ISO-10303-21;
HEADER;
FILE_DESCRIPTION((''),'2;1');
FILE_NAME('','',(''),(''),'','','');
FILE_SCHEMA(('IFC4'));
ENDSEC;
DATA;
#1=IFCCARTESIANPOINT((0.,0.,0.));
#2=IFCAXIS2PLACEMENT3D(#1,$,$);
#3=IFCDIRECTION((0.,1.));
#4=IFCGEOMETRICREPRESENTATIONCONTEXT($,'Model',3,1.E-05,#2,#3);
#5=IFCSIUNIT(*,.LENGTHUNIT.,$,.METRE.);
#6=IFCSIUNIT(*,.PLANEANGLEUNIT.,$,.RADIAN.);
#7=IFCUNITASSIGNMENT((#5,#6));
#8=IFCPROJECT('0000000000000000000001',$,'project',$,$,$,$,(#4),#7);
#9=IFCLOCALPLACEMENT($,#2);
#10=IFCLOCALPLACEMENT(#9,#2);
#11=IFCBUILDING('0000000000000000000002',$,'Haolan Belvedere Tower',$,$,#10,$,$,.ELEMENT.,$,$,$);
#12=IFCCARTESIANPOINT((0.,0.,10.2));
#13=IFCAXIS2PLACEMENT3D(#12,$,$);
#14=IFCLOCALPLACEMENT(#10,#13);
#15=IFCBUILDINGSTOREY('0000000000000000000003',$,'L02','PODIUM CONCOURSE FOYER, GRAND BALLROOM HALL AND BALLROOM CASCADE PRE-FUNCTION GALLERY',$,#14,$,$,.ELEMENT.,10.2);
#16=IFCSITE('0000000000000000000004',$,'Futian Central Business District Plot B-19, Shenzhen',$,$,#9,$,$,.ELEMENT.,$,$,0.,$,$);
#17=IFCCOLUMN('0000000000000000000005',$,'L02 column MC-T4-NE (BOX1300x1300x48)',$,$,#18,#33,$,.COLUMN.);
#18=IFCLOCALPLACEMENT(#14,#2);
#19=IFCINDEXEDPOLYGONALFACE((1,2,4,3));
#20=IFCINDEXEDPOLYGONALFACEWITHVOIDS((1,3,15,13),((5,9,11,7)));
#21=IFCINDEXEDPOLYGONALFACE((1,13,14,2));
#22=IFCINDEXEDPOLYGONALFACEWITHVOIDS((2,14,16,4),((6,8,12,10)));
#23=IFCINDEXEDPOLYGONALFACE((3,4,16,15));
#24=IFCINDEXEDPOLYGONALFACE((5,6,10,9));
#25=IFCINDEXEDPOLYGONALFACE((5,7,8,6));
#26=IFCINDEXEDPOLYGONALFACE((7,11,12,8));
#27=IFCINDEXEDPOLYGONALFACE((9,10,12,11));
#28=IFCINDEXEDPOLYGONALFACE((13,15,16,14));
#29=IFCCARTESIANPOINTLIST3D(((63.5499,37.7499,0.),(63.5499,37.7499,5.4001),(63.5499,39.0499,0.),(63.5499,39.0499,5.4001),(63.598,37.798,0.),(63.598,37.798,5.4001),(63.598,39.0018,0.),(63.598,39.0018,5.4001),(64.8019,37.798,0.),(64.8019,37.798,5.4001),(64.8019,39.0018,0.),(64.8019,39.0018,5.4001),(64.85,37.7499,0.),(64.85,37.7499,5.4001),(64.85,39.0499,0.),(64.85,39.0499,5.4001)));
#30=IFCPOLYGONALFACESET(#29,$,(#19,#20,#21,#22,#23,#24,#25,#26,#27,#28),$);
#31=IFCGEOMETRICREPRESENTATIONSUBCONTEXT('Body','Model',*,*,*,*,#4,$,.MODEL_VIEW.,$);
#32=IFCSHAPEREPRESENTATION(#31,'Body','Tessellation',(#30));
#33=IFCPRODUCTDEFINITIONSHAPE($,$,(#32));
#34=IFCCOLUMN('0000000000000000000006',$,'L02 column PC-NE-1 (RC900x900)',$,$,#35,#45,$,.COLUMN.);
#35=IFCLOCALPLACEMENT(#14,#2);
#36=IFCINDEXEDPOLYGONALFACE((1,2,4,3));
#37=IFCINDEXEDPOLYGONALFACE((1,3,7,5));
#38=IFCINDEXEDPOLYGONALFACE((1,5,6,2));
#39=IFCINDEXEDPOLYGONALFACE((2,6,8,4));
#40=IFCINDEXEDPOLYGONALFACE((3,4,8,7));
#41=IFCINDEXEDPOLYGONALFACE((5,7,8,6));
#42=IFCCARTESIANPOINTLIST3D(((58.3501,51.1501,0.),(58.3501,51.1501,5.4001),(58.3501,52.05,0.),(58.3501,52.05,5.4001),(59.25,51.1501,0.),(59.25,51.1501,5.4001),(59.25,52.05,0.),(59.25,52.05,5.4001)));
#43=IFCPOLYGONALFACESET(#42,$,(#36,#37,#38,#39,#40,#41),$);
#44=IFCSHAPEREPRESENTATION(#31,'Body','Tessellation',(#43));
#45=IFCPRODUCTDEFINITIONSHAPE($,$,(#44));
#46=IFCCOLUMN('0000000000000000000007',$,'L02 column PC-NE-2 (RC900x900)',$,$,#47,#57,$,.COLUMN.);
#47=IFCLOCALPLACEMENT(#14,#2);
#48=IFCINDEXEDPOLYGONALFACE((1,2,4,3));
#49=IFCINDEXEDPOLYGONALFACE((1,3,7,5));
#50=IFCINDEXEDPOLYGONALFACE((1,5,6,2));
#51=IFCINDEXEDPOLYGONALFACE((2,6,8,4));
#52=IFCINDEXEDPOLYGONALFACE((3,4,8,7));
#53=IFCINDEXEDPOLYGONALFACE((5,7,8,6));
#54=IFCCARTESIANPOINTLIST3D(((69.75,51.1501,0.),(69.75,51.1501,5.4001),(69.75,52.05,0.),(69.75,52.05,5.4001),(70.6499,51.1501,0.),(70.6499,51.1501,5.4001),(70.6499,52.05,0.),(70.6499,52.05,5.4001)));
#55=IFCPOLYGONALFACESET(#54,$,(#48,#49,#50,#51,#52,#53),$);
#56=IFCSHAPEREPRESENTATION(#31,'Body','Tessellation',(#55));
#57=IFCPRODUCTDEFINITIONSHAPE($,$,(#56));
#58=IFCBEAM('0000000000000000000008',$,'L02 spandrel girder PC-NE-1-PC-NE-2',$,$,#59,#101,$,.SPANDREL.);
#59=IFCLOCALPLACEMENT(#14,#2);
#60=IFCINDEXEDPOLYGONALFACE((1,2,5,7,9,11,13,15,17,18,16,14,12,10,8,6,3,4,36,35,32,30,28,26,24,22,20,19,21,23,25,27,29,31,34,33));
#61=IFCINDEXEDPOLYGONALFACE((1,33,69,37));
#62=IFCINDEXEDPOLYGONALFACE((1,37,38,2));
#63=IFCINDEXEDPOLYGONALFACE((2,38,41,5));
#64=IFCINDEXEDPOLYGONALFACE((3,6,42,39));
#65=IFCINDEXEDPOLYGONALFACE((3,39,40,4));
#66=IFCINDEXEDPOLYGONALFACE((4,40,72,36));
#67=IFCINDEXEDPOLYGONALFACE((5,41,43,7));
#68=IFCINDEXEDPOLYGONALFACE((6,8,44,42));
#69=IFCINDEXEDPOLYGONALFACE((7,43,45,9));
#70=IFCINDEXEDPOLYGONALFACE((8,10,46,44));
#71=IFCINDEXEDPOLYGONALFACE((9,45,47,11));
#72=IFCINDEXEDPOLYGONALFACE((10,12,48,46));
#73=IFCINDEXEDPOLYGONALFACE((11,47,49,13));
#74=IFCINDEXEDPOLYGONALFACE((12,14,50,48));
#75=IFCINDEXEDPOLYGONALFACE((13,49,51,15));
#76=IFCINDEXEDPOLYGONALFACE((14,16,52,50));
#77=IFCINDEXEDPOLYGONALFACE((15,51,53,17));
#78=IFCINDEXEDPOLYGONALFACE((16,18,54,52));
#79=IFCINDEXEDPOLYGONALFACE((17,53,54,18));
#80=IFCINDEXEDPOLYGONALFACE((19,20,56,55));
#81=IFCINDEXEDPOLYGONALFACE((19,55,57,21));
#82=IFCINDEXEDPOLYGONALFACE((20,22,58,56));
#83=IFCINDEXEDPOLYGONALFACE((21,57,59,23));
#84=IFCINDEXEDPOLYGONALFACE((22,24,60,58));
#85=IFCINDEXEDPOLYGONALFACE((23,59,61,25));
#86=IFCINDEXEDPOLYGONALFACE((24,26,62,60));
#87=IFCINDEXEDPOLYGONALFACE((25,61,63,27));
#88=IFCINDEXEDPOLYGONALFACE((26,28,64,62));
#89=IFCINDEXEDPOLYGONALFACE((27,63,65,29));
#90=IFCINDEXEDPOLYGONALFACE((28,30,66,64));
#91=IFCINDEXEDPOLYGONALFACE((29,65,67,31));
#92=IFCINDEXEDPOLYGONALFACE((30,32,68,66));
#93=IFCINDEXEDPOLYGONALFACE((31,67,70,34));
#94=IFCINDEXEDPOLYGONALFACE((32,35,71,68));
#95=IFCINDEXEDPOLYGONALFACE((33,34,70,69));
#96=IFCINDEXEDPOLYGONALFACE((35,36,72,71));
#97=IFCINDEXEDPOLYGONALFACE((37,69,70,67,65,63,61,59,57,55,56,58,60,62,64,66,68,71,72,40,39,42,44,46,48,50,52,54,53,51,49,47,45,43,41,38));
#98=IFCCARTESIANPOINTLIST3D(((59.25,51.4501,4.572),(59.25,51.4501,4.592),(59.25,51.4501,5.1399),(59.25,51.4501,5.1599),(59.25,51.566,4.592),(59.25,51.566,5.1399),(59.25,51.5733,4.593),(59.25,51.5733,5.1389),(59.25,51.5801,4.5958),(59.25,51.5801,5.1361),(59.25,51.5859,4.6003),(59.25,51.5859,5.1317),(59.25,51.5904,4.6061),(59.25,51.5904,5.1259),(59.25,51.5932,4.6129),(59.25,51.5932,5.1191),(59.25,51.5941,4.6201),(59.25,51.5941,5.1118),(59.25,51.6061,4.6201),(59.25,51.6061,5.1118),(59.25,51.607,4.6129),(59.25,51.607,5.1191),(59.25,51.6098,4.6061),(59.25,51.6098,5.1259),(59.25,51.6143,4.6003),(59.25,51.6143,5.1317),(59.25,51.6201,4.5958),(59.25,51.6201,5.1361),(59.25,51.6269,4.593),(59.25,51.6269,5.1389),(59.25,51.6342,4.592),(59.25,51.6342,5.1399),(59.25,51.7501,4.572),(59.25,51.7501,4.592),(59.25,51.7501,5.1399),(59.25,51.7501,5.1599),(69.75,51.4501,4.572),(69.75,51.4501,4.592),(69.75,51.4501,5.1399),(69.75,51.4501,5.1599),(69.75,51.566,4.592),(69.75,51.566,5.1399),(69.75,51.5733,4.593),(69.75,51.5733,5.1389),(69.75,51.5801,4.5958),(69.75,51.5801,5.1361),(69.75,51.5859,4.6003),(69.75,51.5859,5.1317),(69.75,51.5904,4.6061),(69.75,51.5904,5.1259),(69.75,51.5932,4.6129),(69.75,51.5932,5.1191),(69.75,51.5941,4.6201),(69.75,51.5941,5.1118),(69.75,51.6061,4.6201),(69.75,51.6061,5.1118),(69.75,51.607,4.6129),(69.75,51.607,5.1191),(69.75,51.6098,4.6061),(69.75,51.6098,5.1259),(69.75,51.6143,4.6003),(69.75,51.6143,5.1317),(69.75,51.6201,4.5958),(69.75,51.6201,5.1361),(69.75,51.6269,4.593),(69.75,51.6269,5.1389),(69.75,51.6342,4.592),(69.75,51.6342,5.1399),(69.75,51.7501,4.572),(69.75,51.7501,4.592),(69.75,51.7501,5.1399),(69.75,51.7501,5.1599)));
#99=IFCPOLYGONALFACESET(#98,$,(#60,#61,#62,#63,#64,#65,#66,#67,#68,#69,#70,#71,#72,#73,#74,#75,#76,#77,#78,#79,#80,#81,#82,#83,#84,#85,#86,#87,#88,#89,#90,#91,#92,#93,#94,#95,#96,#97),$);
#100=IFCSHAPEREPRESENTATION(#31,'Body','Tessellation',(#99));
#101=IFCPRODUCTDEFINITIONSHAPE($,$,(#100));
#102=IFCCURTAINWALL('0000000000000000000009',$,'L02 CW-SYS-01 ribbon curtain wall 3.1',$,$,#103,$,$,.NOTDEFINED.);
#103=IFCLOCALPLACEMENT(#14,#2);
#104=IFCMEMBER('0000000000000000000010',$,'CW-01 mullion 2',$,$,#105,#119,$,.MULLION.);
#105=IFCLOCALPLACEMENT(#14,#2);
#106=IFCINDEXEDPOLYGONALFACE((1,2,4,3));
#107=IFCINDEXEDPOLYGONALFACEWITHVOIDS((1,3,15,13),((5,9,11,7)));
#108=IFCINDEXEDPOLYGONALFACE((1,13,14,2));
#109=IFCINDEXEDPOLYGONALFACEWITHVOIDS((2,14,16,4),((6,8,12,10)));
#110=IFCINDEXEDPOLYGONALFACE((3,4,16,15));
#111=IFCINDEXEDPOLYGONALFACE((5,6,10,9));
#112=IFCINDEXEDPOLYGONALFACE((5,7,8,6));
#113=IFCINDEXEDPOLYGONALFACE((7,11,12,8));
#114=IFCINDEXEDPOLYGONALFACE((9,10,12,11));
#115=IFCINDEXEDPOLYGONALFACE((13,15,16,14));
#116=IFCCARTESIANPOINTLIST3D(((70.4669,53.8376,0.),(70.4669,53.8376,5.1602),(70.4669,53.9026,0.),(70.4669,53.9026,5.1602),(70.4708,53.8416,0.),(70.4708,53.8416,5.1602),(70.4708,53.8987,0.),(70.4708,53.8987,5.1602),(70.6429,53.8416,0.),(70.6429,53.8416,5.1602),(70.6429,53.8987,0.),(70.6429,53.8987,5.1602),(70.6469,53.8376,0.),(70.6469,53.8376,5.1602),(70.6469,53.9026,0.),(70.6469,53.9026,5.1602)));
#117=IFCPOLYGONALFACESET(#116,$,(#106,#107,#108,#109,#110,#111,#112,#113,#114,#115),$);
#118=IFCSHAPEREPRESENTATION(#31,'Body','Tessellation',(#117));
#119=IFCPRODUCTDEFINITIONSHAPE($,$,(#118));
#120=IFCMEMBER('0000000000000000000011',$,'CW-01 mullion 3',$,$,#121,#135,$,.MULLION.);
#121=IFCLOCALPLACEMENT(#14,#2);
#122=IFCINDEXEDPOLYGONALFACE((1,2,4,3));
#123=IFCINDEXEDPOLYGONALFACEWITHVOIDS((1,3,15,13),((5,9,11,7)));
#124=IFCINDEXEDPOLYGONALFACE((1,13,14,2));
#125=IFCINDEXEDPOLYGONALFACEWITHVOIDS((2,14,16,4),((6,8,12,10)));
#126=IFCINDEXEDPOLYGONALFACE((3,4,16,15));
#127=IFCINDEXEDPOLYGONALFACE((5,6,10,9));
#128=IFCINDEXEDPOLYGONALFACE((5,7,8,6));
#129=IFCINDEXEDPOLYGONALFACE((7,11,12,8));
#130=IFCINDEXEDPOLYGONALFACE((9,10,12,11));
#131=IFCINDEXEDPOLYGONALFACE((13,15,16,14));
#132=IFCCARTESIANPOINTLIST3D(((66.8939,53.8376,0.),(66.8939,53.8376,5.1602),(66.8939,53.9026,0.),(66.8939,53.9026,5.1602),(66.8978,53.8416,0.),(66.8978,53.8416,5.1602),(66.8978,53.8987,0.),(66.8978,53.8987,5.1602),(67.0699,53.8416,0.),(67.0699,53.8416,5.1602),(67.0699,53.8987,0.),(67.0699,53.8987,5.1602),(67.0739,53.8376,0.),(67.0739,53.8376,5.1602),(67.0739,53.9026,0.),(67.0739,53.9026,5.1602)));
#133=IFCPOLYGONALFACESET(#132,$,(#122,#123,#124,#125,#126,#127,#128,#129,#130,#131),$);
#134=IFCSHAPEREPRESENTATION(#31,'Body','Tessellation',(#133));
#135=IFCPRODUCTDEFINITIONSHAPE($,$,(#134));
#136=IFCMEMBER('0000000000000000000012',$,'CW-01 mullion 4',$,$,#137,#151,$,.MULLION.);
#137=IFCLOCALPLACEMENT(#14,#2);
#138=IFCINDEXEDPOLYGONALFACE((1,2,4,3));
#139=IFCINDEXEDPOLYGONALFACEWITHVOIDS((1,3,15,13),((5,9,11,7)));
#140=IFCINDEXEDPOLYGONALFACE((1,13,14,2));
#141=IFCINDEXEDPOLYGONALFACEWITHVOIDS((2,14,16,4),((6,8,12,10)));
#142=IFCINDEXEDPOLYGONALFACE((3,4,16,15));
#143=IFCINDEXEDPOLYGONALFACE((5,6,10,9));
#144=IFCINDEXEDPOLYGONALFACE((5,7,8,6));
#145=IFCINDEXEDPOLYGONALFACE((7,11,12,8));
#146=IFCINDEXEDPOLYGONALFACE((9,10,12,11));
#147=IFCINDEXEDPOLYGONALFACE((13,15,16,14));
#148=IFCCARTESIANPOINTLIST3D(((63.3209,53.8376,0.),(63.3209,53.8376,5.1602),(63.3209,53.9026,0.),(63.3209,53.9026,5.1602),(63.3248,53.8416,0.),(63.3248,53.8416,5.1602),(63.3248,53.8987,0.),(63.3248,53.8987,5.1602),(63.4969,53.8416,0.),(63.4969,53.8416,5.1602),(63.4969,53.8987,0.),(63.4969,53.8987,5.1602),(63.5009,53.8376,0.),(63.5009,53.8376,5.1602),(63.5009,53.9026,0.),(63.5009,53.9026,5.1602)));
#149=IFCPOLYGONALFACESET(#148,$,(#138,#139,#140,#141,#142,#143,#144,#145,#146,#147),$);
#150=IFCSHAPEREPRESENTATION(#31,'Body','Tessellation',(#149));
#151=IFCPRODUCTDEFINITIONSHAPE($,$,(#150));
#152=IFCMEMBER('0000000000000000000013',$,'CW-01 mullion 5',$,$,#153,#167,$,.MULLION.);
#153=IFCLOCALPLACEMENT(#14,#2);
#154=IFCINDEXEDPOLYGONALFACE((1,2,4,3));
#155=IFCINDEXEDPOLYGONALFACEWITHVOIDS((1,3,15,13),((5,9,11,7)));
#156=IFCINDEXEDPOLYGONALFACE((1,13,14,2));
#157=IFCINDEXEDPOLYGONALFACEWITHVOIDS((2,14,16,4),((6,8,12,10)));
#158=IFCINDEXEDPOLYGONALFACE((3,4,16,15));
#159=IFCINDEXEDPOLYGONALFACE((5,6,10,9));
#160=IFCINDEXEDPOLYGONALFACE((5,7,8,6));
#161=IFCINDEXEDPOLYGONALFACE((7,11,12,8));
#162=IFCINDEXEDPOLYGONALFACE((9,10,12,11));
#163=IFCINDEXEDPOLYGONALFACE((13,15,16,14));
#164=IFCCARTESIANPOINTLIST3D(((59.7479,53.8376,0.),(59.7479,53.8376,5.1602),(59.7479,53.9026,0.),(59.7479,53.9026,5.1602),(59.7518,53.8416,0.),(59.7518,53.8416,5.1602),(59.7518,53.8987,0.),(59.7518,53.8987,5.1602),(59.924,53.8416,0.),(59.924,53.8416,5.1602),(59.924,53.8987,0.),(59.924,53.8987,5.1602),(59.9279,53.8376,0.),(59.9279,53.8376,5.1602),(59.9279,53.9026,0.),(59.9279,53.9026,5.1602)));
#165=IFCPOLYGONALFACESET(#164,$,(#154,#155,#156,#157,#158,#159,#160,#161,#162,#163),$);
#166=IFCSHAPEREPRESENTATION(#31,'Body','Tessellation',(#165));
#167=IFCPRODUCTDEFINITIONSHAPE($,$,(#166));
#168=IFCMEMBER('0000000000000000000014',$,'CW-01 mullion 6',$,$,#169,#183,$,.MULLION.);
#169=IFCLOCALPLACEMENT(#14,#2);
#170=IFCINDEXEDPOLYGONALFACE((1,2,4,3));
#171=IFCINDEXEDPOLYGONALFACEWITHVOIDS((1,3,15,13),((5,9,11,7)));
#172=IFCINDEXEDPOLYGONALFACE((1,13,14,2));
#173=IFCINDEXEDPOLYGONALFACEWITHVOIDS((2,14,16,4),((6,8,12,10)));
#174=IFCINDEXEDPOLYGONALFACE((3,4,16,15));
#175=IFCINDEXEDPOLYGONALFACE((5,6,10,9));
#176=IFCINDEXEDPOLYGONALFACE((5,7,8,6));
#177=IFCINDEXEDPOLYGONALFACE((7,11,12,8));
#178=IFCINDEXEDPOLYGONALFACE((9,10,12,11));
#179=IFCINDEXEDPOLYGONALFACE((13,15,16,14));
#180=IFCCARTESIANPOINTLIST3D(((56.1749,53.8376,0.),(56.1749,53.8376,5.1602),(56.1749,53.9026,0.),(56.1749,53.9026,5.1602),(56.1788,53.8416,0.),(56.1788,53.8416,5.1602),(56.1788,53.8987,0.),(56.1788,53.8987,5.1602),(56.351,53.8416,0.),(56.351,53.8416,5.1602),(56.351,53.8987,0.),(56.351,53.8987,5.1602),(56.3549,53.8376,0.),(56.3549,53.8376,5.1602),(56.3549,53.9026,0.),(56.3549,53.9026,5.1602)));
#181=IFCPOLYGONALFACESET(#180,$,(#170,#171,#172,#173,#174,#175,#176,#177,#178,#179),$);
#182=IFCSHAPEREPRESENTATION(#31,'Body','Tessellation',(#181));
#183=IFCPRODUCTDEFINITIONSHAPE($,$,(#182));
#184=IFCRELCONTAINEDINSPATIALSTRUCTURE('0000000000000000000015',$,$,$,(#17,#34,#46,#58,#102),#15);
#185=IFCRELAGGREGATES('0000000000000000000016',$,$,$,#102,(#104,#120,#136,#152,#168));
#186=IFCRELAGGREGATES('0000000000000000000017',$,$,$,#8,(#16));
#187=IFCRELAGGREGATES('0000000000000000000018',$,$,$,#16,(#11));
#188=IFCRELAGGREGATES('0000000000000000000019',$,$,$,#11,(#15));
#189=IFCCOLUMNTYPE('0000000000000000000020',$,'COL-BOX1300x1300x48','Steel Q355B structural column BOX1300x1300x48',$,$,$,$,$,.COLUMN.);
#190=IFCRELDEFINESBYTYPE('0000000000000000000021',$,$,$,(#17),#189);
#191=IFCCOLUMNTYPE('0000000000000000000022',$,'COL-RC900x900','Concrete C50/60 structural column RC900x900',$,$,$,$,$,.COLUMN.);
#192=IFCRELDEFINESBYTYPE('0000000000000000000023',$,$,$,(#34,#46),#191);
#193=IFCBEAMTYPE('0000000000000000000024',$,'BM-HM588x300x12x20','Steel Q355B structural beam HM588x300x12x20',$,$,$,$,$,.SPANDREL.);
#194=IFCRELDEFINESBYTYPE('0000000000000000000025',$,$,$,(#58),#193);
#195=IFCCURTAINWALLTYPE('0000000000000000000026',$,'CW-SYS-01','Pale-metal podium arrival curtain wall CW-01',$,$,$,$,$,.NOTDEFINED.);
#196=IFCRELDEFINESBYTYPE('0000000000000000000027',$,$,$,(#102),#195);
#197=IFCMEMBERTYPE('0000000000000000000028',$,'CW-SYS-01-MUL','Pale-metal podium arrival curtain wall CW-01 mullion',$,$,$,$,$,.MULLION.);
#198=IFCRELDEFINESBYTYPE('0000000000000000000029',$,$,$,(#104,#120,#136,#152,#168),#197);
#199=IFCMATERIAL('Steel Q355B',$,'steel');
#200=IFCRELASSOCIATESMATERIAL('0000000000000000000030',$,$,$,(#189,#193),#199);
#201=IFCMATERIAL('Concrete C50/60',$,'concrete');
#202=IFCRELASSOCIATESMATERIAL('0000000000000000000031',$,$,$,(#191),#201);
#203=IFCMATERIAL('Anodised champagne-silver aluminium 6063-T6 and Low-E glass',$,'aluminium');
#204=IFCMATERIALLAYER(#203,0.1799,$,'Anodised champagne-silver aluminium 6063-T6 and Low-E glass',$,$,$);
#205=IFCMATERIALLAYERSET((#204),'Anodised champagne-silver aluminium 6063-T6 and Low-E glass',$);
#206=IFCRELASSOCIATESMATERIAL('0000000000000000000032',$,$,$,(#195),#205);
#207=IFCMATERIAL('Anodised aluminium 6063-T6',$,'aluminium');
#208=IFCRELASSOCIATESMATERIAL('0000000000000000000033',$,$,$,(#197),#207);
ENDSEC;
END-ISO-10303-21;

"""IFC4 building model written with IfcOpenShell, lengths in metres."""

from ifc_helpers import new_model, si_unit, direction, frame, origin, origin_2d, place, context, subcontext, project, spatial, rectangle, hollow_rectangle, i_section, extrude, material, layer, layer_set, material_profile, profile_set, type_object, element, aggregate, save


model = new_model("IFC4")

# Units and contexts
model_context = context("Model", 3, precision=1e-05, world=origin(), true_north=direction((0.0, 1.0)))
body_context = subcontext(model_context, "Body", "Model", "MODEL_VIEW")
ifc_project = project(units=[si_unit("LENGTHUNIT", "METRE"), si_unit("PLANEANGLEUNIT", "RADIAN")], contexts=[model_context])

# Site, building, storey
site_placement = place(None, origin())
site = spatial("IfcSite", under=ifc_project, at=site_placement, Name="Futian Central Business District Plot B-19, Shenzhen", CompositionType="ELEMENT", RefElevation=0.0)
building_placement = place(site_placement, origin())
building = spatial("IfcBuilding", under=site, at=building_placement, Name="Haolan Belvedere Tower", CompositionType="ELEMENT")
storey_placement = place(building_placement, frame((0.0, 0.0, 10.2)))
storey = spatial("IfcBuildingStorey", under=building, at=storey_placement, Name="L02", Description="PODIUM CONCOURSE FOYER, GRAND BALLROOM HALL AND BALLROOM CASCADE PRE-FUNCTION GALLERY", CompositionType="ELEMENT", Elevation=10.2)

# Columns
ifc_material_1 = material(Name="Steel Q355B", Category="steel")
ifc_material_profile_1 = material_profile(ifc_material_1, hollow_rectangle(XDim=1.3, YDim=1.3, WallThickness=0.0481, at=origin_2d()), Name="Steel Q355B")
ifc_profile_set_1 = profile_set([ifc_material_profile_1], Name="Steel Q355B")
column_type_1 = type_object("IfcColumnType", Name="COL-BOX1300x1300x48", Description="Steel Q355B structural column BOX1300x1300x48", PredefinedType="COLUMN", material=ifc_profile_set_1)
column_placement = place(storey_placement, frame((64.2, 38.3999, 0.0), z_axis=(0.0, 0.0, 1.0), x_axis=(1.0, 0.0, 0.0)))
element("IfcColumn", 1, at=column_placement, inside=storey, type_object=column_type_1, Name="L02 column MC-T4-NE (BOX1300x1300x48)", PredefinedType="COLUMN", context=body_context, shape_type="SweptSolid", body=[
    extrude(hollow_rectangle(XDim=1.3, YDim=1.3, WallThickness=0.0481, at=origin_2d()), origin(), (0.0, 0.0, 1.0), 5.4001),
])
ifc_material_2 = material(Name="Concrete C50/60", Category="concrete")
ifc_material_profile_2 = material_profile(ifc_material_2, rectangle(XDim=0.8999, YDim=0.8999, at=origin_2d()), Name="Concrete C50/60")
ifc_profile_set_2 = profile_set([ifc_material_profile_2], Name="Concrete C50/60")
column_type_2 = type_object("IfcColumnType", Name="COL-RC900x900", Description="Concrete C50/60 structural column RC900x900", PredefinedType="COLUMN", material=ifc_profile_set_2)
for number, where, z_axis, x_axis, name in (
    (2, (58.8, 51.6001, 0.0), (0.0, 0.0, 1.0), (1.0, 0.0, 0.0), "L02 column PC-NE-1 (RC900x900)"),
    (3, (70.2, 51.6001, 0.0), (0.0, 0.0, 1.0), (1.0, 0.0, 0.0), "L02 column PC-NE-2 (RC900x900)"),
):
    element("IfcColumn", number, at=place(storey_placement, frame(where, z_axis=z_axis, x_axis=x_axis)), inside=storey, type_object=column_type_2, Name=name, PredefinedType="COLUMN", context=body_context, shape_type="SweptSolid", body=[
        extrude(rectangle(XDim=0.8999, YDim=0.8999, at=origin_2d()), origin(), (0.0, 0.0, 1.0), 5.4001),
    ])

# Beam
ifc_material_profile_3 = material_profile(ifc_material_1, i_section(OverallWidth=0.3, OverallDepth=0.5879, WebThickness=0.012, FlangeThickness=0.02, FilletRadius=0.0281, at=origin_2d()), Name="Steel Q355B")
ifc_profile_set_3 = profile_set([ifc_material_profile_3], Name="Steel Q355B")
beam_type = type_object("IfcBeamType", Name="BM-HM588x300x12x20", Description="Steel Q355B structural beam HM588x300x12x20", PredefinedType="SPANDREL", material=ifc_profile_set_3)
beam_placement = place(storey_placement, frame((59.25, 51.6001, 4.866), z_axis=(1.0, 0.0, 0.0), x_axis=(0.0, 1.0, 0.0)))
element("IfcBeam", 4, at=beam_placement, inside=storey, type_object=beam_type, Name="L02 spandrel girder PC-NE-1-PC-NE-2", PredefinedType="SPANDREL", context=body_context, shape_type="SweptSolid", body=[
    extrude(i_section(OverallWidth=0.3, OverallDepth=0.5879, WebThickness=0.012, FlangeThickness=0.02, FilletRadius=0.0281, at=origin_2d()), origin(), (0.0, 0.0, 1.0), 10.5),
])

# Curtain wall, members
ifc_material_3 = material(Name="Anodised champagne-silver aluminium 6063-T6 and Low-E glass", Category="aluminium")
ifc_layer_1 = layer(ifc_material_3, 0.1799, Name="Anodised champagne-silver aluminium 6063-T6 and Low-E glass")
ifc_layer_set_1 = layer_set([ifc_layer_1], Name="Anodised champagne-silver aluminium 6063-T6 and Low-E glass")
curtain_wall_type = type_object("IfcCurtainWallType", Name="CW-SYS-01", Description="Pale-metal podium arrival curtain wall CW-01", PredefinedType="NOTDEFINED", material=ifc_layer_set_1)
curtain_wall_placement = place(storey_placement, origin())
curtain_wall = element("IfcCurtainWall", 5, at=curtain_wall_placement, inside=storey, type_object=curtain_wall_type, Name="L02 CW-SYS-01 ribbon curtain wall 3.1", PredefinedType="NOTDEFINED")
ifc_material_4 = material(Name="Anodised aluminium 6063-T6", Category="aluminium")
ifc_material_profile_4 = material_profile(ifc_material_4, hollow_rectangle(XDim=0.0649, YDim=0.1799, WallThickness=0.0039, at=origin_2d()), Name="Anodised aluminium 6063-T6")
ifc_profile_set_4 = profile_set([ifc_material_profile_4], Name="Anodised aluminium 6063-T6")
member_type_1 = type_object("IfcMemberType", Name="CW-SYS-01-MUL", Description="Pale-metal podium arrival curtain wall CW-01 mullion", PredefinedType="MULLION", material=ifc_profile_set_4)
member_1_placement = place(storey_placement, frame((70.5569, 53.8701, 0.0), z_axis=(0.0, 0.0, 1.0), x_axis=(0.0, -1.0, 0.0)))
member_1 = element("IfcMember", 6, at=member_1_placement, type_object=member_type_1, Name="CW-01 mullion 2", PredefinedType="MULLION", context=body_context, shape_type="SweptSolid", body=[
    extrude(hollow_rectangle(XDim=0.0649, YDim=0.1799, WallThickness=0.0039, at=origin_2d()), origin(), (0.0, 0.0, 1.0), 5.1602),
])
member_2_placement = place(storey_placement, frame((66.9839, 53.8701, 0.0), z_axis=(0.0, 0.0, 1.0), x_axis=(0.0, -1.0, 0.0)))
member_2 = element("IfcMember", 7, at=member_2_placement, type_object=member_type_1, Name="CW-01 mullion 3", PredefinedType="MULLION", context=body_context, shape_type="SweptSolid", body=[
    extrude(hollow_rectangle(XDim=0.0649, YDim=0.1799, WallThickness=0.0039, at=origin_2d()), origin(), (0.0, 0.0, 1.0), 5.1602),
])
member_3_placement = place(storey_placement, frame((63.4109, 53.8701, 0.0), z_axis=(0.0, 0.0, 1.0), x_axis=(0.0, -1.0, 0.0)))
member_3 = element("IfcMember", 8, at=member_3_placement, type_object=member_type_1, Name="CW-01 mullion 4", PredefinedType="MULLION", context=body_context, shape_type="SweptSolid", body=[
    extrude(hollow_rectangle(XDim=0.0649, YDim=0.1799, WallThickness=0.0039, at=origin_2d()), origin(), (0.0, 0.0, 1.0), 5.1602),
])
member_4_placement = place(storey_placement, frame((59.8379, 53.8701, 0.0), z_axis=(0.0, 0.0, 1.0), x_axis=(0.0, -1.0, 0.0)))
member_4 = element("IfcMember", 9, at=member_4_placement, type_object=member_type_1, Name="CW-01 mullion 5", PredefinedType="MULLION", context=body_context, shape_type="SweptSolid", body=[
    extrude(hollow_rectangle(XDim=0.0649, YDim=0.1799, WallThickness=0.0039, at=origin_2d()), origin(), (0.0, 0.0, 1.0), 5.1602),
])
member_5_placement = place(storey_placement, frame((56.2649, 53.8701, 0.0), z_axis=(0.0, 0.0, 1.0), x_axis=(0.0, -1.0, 0.0)))
member_5 = element("IfcMember", 10, at=member_5_placement, type_object=member_type_1, Name="CW-01 mullion 6", PredefinedType="MULLION", context=body_context, shape_type="SweptSolid", body=[
    extrude(hollow_rectangle(XDim=0.0649, YDim=0.1799, WallThickness=0.0039, at=origin_2d()), origin(), (0.0, 0.0, 1.0), 5.1602),
])
aggregate(curtain_wall, [member_1, member_2, member_3, member_4, member_5])

save(model, "model.ifc")
